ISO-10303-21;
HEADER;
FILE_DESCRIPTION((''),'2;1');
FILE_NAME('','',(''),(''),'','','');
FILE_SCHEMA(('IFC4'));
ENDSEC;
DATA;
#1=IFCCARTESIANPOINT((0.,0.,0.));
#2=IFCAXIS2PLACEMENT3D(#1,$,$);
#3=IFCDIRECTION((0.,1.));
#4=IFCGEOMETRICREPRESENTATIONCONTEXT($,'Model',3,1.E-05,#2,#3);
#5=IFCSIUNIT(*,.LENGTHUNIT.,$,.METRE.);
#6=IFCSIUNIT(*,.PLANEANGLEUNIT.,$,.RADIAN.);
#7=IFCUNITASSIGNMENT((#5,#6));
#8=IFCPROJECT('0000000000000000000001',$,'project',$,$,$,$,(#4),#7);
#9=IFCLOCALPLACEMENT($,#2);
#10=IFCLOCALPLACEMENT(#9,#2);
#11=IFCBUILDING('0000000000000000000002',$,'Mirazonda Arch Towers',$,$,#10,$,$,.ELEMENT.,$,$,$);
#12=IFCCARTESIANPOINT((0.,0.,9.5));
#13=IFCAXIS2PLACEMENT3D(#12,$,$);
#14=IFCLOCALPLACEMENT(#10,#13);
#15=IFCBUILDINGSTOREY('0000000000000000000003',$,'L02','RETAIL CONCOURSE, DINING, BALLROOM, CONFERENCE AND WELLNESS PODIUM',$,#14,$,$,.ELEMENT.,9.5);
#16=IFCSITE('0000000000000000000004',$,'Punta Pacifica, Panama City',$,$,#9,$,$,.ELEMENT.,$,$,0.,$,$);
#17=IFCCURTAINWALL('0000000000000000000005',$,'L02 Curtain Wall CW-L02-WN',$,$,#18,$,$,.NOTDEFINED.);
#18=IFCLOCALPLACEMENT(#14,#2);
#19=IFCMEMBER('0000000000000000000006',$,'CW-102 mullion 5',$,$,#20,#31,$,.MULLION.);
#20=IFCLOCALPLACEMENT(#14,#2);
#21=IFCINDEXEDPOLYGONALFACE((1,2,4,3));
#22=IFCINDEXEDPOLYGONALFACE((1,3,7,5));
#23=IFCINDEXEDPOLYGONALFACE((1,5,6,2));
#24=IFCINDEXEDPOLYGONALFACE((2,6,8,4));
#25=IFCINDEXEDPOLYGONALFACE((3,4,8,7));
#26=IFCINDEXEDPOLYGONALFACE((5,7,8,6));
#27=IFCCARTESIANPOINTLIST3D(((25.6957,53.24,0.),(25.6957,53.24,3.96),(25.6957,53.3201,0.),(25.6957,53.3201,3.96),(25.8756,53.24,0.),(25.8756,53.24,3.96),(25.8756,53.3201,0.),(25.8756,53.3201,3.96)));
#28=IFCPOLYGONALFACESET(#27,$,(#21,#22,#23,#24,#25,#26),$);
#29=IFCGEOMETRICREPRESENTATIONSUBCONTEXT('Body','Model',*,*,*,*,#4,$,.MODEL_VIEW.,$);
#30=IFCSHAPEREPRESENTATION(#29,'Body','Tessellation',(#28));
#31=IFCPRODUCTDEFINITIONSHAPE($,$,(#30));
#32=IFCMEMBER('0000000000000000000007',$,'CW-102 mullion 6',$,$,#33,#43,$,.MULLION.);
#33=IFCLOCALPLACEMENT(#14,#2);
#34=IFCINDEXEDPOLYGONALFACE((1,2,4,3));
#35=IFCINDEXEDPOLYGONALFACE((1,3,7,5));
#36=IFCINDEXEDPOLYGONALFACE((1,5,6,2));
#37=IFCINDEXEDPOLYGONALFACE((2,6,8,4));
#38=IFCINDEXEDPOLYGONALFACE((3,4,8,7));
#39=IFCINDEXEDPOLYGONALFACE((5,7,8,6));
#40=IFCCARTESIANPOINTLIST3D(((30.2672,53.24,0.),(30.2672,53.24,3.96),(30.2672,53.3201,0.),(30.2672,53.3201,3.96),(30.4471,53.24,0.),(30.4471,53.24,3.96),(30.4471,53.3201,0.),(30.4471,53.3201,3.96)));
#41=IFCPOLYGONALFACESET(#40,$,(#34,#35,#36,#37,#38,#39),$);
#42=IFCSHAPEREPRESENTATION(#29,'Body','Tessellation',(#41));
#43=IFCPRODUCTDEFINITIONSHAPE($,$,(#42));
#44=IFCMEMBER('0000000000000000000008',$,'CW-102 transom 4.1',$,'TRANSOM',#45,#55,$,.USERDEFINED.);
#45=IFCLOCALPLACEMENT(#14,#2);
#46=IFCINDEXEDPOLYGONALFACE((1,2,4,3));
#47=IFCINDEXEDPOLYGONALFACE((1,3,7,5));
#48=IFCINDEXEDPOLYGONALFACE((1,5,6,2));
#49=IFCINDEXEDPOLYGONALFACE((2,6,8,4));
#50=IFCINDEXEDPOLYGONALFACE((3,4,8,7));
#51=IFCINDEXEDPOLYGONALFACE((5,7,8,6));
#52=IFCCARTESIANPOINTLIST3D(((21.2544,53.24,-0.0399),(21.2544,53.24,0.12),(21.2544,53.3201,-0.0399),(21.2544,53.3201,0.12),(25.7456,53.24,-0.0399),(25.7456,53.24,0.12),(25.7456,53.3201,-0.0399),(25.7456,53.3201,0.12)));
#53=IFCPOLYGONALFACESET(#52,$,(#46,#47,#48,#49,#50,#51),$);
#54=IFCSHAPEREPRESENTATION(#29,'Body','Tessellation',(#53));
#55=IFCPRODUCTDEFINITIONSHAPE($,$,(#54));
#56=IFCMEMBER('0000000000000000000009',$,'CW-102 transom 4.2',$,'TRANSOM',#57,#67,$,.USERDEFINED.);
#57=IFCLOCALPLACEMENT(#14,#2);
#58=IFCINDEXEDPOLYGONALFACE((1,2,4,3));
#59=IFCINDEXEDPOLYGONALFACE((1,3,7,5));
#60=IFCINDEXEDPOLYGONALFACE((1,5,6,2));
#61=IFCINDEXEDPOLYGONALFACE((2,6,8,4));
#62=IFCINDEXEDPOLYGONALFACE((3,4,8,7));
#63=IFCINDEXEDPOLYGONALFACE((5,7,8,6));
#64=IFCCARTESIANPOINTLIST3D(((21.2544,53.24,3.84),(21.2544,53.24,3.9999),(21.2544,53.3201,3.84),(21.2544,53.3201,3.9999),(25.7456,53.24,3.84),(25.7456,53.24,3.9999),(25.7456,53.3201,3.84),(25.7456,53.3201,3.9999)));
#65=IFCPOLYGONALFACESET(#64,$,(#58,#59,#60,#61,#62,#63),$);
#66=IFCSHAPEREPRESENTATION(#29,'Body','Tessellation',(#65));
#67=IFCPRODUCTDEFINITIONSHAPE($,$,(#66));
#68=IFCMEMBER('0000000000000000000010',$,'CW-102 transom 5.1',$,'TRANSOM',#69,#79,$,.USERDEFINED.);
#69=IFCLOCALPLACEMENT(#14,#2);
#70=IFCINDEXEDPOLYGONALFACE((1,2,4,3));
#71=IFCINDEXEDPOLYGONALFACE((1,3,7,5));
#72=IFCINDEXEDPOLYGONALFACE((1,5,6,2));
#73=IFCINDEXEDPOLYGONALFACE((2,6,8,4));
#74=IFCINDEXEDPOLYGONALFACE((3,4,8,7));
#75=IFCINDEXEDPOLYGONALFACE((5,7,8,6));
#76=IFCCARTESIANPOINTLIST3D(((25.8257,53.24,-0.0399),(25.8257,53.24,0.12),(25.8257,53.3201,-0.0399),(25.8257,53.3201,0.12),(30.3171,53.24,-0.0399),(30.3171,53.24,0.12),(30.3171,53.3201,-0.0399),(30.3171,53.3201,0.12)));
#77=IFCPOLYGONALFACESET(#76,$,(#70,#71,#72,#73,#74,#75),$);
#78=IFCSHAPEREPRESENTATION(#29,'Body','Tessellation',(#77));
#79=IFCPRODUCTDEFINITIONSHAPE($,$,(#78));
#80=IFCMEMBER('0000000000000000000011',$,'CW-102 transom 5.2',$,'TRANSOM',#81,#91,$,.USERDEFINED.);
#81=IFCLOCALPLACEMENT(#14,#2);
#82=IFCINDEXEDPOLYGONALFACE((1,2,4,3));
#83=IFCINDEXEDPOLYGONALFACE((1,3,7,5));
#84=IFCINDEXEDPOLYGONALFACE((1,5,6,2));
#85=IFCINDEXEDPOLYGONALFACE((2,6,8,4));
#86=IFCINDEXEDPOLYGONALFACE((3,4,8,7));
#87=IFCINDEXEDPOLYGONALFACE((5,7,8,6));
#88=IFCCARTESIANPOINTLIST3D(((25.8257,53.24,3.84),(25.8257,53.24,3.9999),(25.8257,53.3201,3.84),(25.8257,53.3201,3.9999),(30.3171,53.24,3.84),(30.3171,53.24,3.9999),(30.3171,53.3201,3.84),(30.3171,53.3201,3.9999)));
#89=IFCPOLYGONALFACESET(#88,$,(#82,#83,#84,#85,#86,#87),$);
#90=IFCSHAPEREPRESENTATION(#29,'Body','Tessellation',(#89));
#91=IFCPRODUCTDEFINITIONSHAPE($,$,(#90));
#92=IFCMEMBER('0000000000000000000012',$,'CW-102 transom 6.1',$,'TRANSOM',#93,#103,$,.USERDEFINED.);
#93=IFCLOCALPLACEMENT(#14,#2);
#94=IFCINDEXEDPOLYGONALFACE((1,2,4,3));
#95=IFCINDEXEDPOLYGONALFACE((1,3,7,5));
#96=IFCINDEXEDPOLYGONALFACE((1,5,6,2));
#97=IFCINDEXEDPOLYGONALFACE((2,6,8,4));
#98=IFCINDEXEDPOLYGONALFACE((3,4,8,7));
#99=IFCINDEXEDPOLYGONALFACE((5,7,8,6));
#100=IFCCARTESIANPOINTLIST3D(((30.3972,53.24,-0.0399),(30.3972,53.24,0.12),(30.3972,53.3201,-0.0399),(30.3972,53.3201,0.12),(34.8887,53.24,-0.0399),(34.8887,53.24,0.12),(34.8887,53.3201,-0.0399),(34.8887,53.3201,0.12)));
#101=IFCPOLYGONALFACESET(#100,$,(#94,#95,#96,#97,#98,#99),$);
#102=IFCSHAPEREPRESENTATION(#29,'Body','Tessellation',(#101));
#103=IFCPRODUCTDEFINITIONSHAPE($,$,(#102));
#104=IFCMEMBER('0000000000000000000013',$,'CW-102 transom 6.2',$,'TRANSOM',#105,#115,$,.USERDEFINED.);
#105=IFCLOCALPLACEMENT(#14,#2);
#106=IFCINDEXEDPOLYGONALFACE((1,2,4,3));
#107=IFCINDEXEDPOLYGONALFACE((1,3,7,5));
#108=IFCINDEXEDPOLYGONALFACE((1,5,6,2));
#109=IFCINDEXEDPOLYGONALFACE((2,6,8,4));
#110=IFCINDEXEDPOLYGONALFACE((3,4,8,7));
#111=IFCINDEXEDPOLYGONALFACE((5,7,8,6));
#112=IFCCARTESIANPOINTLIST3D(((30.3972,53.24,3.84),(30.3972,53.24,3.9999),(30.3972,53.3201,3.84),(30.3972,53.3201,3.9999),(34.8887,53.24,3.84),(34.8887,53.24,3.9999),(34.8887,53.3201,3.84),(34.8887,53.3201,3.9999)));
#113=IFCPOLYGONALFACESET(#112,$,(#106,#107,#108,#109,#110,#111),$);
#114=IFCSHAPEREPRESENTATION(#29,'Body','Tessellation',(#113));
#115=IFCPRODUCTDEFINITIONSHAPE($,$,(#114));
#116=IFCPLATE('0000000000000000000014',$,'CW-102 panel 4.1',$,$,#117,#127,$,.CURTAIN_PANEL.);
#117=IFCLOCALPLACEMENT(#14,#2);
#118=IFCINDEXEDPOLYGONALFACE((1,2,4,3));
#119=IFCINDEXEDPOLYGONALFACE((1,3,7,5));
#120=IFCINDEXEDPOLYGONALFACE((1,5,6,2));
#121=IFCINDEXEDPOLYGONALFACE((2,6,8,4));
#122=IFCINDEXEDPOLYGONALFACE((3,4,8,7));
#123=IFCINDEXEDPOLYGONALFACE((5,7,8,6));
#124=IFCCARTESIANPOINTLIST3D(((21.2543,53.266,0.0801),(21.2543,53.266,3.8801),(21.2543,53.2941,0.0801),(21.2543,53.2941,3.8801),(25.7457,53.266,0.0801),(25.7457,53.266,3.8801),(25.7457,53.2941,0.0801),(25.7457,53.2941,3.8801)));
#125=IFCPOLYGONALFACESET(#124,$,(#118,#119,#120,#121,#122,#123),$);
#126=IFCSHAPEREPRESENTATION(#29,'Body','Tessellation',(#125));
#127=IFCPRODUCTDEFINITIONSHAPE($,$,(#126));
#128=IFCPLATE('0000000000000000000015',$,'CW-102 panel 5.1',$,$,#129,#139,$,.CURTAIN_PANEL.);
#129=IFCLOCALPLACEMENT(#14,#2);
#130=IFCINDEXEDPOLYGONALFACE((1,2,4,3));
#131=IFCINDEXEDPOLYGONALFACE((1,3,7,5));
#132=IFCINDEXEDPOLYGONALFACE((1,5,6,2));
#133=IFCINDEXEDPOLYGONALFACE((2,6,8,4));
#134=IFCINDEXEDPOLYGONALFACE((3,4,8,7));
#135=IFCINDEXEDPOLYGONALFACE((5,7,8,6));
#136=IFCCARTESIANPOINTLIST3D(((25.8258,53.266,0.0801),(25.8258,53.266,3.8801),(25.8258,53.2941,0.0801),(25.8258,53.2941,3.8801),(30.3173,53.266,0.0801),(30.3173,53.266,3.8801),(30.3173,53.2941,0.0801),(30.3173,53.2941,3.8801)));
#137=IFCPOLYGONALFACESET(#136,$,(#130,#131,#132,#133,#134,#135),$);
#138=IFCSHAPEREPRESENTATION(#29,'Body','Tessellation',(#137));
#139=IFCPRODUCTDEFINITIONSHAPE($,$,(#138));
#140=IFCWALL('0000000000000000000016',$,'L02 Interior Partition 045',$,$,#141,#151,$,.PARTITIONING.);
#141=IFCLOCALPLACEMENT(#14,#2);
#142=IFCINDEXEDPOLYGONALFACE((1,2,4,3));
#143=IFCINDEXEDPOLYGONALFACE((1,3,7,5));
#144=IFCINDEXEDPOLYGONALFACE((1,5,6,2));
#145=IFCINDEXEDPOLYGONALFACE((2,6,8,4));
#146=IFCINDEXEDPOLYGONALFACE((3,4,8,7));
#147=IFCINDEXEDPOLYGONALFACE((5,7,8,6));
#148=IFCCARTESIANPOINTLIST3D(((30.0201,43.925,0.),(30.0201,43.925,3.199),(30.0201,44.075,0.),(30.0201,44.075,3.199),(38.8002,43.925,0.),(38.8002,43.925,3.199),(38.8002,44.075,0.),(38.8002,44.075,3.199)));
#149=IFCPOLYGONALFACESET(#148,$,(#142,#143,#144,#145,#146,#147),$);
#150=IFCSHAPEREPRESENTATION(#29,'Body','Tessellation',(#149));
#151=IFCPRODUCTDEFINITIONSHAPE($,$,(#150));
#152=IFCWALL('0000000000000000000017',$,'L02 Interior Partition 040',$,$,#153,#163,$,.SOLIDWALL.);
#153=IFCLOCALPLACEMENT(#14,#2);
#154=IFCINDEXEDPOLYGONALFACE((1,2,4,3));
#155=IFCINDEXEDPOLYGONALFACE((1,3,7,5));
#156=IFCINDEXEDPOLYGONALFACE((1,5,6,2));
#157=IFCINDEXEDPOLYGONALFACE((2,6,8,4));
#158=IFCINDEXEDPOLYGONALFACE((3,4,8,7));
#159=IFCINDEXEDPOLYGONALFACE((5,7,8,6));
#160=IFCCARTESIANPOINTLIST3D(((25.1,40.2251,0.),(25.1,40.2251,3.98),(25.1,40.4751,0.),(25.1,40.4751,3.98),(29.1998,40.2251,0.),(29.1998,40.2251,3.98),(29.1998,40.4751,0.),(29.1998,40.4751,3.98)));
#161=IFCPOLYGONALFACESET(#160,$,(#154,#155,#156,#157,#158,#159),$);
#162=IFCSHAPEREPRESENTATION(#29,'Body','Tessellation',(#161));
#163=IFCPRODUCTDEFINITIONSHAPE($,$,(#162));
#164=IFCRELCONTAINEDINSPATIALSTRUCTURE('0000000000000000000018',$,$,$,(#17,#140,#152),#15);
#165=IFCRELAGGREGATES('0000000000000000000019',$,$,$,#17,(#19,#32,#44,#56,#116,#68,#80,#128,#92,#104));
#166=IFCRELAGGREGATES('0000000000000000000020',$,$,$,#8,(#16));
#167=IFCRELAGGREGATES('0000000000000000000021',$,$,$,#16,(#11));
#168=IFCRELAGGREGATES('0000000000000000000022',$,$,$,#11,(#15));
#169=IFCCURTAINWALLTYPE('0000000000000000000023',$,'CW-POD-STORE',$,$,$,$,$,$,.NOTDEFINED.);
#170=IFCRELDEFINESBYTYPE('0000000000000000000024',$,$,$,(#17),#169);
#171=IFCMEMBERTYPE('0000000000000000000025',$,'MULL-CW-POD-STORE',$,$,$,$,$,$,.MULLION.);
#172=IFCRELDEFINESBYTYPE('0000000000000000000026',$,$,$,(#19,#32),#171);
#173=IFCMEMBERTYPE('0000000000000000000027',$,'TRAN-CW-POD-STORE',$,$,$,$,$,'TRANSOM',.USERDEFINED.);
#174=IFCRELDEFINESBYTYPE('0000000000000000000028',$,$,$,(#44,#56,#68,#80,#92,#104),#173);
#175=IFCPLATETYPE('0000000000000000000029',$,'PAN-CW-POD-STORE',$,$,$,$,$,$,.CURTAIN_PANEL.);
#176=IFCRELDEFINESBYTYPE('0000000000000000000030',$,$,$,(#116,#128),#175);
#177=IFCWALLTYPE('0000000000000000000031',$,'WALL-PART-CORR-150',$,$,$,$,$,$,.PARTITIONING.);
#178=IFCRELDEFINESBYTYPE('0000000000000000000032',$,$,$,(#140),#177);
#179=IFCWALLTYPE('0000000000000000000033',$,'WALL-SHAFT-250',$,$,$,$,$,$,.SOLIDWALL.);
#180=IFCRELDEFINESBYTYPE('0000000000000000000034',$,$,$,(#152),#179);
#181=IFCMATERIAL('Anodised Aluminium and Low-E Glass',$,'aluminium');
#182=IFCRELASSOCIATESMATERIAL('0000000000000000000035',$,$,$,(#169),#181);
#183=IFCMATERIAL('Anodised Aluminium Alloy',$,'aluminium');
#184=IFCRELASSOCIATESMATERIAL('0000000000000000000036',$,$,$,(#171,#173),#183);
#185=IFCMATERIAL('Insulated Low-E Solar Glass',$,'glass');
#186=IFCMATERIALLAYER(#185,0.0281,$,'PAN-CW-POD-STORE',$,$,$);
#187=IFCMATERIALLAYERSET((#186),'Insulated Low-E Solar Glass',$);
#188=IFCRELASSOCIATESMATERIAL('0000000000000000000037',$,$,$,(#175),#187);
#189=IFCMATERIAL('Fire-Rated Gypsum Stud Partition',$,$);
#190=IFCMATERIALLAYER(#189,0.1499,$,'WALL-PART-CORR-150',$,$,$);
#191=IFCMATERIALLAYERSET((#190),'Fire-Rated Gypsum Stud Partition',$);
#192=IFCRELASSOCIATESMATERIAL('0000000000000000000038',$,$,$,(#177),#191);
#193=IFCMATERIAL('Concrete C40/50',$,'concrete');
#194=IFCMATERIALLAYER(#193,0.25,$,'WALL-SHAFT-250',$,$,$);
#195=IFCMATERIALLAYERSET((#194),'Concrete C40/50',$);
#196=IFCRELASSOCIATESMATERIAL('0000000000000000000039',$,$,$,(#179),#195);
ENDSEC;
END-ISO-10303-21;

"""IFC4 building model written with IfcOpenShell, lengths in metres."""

from ifc_helpers import new_model, si_unit, direction, frame, frame_2d, origin, origin_2d, place, context, subcontext, project, spatial, rectangle, extrude, material, layer, layer_set, material_profile, profile_set, type_object, element, aggregate, save


model = new_model("IFC4")

# Units and contexts
model_context = context("Model", 3, precision=1e-05, world=origin(), true_north=direction((0.0, 1.0)))
body_context = subcontext(model_context, "Body", "Model", "MODEL_VIEW")
ifc_project = project(units=[si_unit("LENGTHUNIT", "METRE"), si_unit("PLANEANGLEUNIT", "RADIAN")], contexts=[model_context])

# Site, building, storey
site_placement = place(None, origin())
site = spatial("IfcSite", under=ifc_project, at=site_placement, Name="Punta Pacifica, Panama City", CompositionType="ELEMENT", RefElevation=0.0)
building_placement = place(site_placement, origin())
building = spatial("IfcBuilding", under=site, at=building_placement, Name="Mirazonda Arch Towers", CompositionType="ELEMENT")
storey_placement = place(building_placement, frame((0.0, 0.0, 9.5)))
storey = spatial("IfcBuildingStorey", under=building, at=storey_placement, Name="L02", Description="RETAIL CONCOURSE, DINING, BALLROOM, CONFERENCE AND WELLNESS PODIUM", CompositionType="ELEMENT", Elevation=9.5)

# Curtain wall, members, plates
ifc_material_1 = material(Name="Anodised Aluminium and Low-E Glass", Category="aluminium")
curtain_wall_type = type_object("IfcCurtainWallType", Name="CW-POD-STORE", PredefinedType="NOTDEFINED", material=ifc_material_1)
curtain_wall_placement = place(storey_placement, origin())
curtain_wall = element("IfcCurtainWall", 1, at=curtain_wall_placement, inside=storey, type_object=curtain_wall_type, Name="L02 Curtain Wall CW-L02-WN", PredefinedType="NOTDEFINED")
ifc_material_2 = material(Name="Anodised Aluminium Alloy", Category="aluminium")
ifc_material_profile_1 = material_profile(ifc_material_2, rectangle(XDim=0.0801, YDim=0.1799, at=origin_2d()), Name="ALU-MULL-80x180")
ifc_profile_set_1 = profile_set([ifc_material_profile_1], Name="Anodised Aluminium Alloy")
member_type_1 = type_object("IfcMemberType", Name="MULL-CW-POD-STORE", PredefinedType="MULLION", material=ifc_profile_set_1)
member_1_placement = place(storey_placement, frame((25.7856, 53.28, 0.0), z_axis=(0.0, 0.0, 1.0), x_axis=(0.0, 1.0, 0.0)))
member_1 = element("IfcMember", 2, at=member_1_placement, type_object=member_type_1, Name="CW-102 mullion 5", PredefinedType="MULLION", context=body_context, shape_type="SweptSolid", body=[
    extrude(rectangle(XDim=0.0801, YDim=0.1799, at=origin_2d()), origin(), (0.0, 0.0, 1.0), 3.96),
])
member_2_placement = place(storey_placement, frame((30.3572, 53.28, 0.0), z_axis=(0.0, 0.0, 1.0), x_axis=(0.0, 1.0, 0.0)))
member_2 = element("IfcMember", 3, at=member_2_placement, type_object=member_type_1, Name="CW-102 mullion 6", PredefinedType="MULLION", context=body_context, shape_type="SweptSolid", body=[
    extrude(rectangle(XDim=0.0801, YDim=0.1799, at=origin_2d()), origin(), (0.0, 0.0, 1.0), 3.96),
])
ifc_material_profile_2 = material_profile(ifc_material_2, rectangle(XDim=0.0801, YDim=0.1599, at=origin_2d()), Name="ALU-TRAN-80x160")
ifc_profile_set_2 = profile_set([ifc_material_profile_2], Name="Anodised Aluminium Alloy")
member_type_2 = type_object("IfcMemberType", Name="TRAN-CW-POD-STORE", ElementType="TRANSOM", PredefinedType="USERDEFINED", material=ifc_profile_set_2)
member_3_placement = place(storey_placement, frame((21.2544, 53.28, 0.04), z_axis=(1.0, 0.0, 0.0), x_axis=(0.0, 1.0, 0.0)))
member_3 = element("IfcMember", 4, at=member_3_placement, type_object=member_type_2, Name="CW-102 transom 4.1", ObjectType="TRANSOM", PredefinedType="USERDEFINED", context=body_context, shape_type="SweptSolid", body=[
    extrude(rectangle(XDim=0.0801, YDim=0.1599, at=origin_2d()), origin(), (0.0, 0.0, 1.0), 4.4912),
])
member_4_placement = place(storey_placement, frame((21.2544, 53.28, 3.9199), z_axis=(1.0, 0.0, 0.0), x_axis=(0.0, 1.0, 0.0)))
member_4 = element("IfcMember", 5, at=member_4_placement, type_object=member_type_2, Name="CW-102 transom 4.2", ObjectType="TRANSOM", PredefinedType="USERDEFINED", context=body_context, shape_type="SweptSolid", body=[
    extrude(rectangle(XDim=0.0801, YDim=0.1599, at=origin_2d()), origin(), (0.0, 0.0, 1.0), 4.4912),
])
member_5_placement = place(storey_placement, frame((25.8257, 53.28, 0.04), z_axis=(1.0, 0.0, 0.0), x_axis=(0.0, 1.0, 0.0)))
member_5 = element("IfcMember", 6, at=member_5_placement, type_object=member_type_2, Name="CW-102 transom 5.1", ObjectType="TRANSOM", PredefinedType="USERDEFINED", context=body_context, shape_type="SweptSolid", body=[
    extrude(rectangle(XDim=0.0801, YDim=0.1599, at=origin_2d()), origin(), (0.0, 0.0, 1.0), 4.4915),
])
member_6_placement = place(storey_placement, frame((25.8257, 53.28, 3.9199), z_axis=(1.0, 0.0, 0.0), x_axis=(0.0, 1.0, 0.0)))
member_6 = element("IfcMember", 7, at=member_6_placement, type_object=member_type_2, Name="CW-102 transom 5.2", ObjectType="TRANSOM", PredefinedType="USERDEFINED", context=body_context, shape_type="SweptSolid", body=[
    extrude(rectangle(XDim=0.0801, YDim=0.1599, at=origin_2d()), origin(), (0.0, 0.0, 1.0), 4.4915),
])
member_7_placement = place(storey_placement, frame((30.3972, 53.28, 0.04), z_axis=(1.0, 0.0, 0.0), x_axis=(0.0, 1.0, 0.0)))
member_7 = element("IfcMember", 8, at=member_7_placement, type_object=member_type_2, Name="CW-102 transom 6.1", ObjectType="TRANSOM", PredefinedType="USERDEFINED", context=body_context, shape_type="SweptSolid", body=[
    extrude(rectangle(XDim=0.0801, YDim=0.1599, at=origin_2d()), origin(), (0.0, 0.0, 1.0), 4.4915),
])
member_8_placement = place(storey_placement, frame((30.3972, 53.28, 3.9199), z_axis=(1.0, 0.0, 0.0), x_axis=(0.0, 1.0, 0.0)))
member_8 = element("IfcMember", 9, at=member_8_placement, type_object=member_type_2, Name="CW-102 transom 6.2", ObjectType="TRANSOM", PredefinedType="USERDEFINED", context=body_context, shape_type="SweptSolid", body=[
    extrude(rectangle(XDim=0.0801, YDim=0.1599, at=origin_2d()), origin(), (0.0, 0.0, 1.0), 4.4915),
])
ifc_material_3 = material(Name="Insulated Low-E Solar Glass", Category="glass")
ifc_layer_1 = layer(ifc_material_3, 0.0281, Name="PAN-CW-POD-STORE")
ifc_layer_set_1 = layer_set([ifc_layer_1], Name="Insulated Low-E Solar Glass")
plate_type = type_object("IfcPlateType", Name="PAN-CW-POD-STORE", PredefinedType="CURTAIN_PANEL", material=ifc_layer_set_1)
plate_1_placement = place(storey_placement, frame((23.5, 53.28, 0.0801), z_axis=(0.0, 0.0, 1.0), x_axis=(1.0, 0.0, 0.0)))
plate_1 = element("IfcPlate", 10, at=plate_1_placement, type_object=plate_type, Name="CW-102 panel 4.1", PredefinedType="CURTAIN_PANEL", context=body_context, shape_type="SweptSolid", body=[
    extrude(rectangle(XDim=4.4915, YDim=0.0281, at=origin_2d()), origin(), (0.0, 0.0, 1.0), 3.8),
])
plate_2_placement = place(storey_placement, frame((28.0715, 53.28, 0.0801), z_axis=(0.0, 0.0, 1.0), x_axis=(1.0, 0.0, 0.0)))
plate_2 = element("IfcPlate", 11, at=plate_2_placement, type_object=plate_type, Name="CW-102 panel 5.1", PredefinedType="CURTAIN_PANEL", context=body_context, shape_type="SweptSolid", body=[
    extrude(rectangle(XDim=4.4915, YDim=0.0281, at=origin_2d()), origin(), (0.0, 0.0, 1.0), 3.8),
])
aggregate(curtain_wall, [member_1, member_2, member_3, member_4, plate_1, member_5, member_6, plate_2, member_7, member_8])

# Walls
ifc_material_4 = material(Name="Fire-Rated Gypsum Stud Partition")
ifc_layer_2 = layer(ifc_material_4, 0.1499, Name="WALL-PART-CORR-150")
ifc_layer_set_2 = layer_set([ifc_layer_2], Name="Fire-Rated Gypsum Stud Partition")
wall_type_1 = type_object("IfcWallType", Name="WALL-PART-CORR-150", PredefinedType="PARTITIONING", material=ifc_layer_set_2)
wall_1_placement = place(storey_placement, frame((30.02, 44.0, 0.0), z_axis=(0.0, 0.0, 1.0), x_axis=(1.0, 0.0, 0.0)))
element("IfcWall", 12, at=wall_1_placement, inside=storey, type_object=wall_type_1, Name="L02 Interior Partition 045", PredefinedType="PARTITIONING", context=body_context, shape_type="SweptSolid", body=[
    extrude(rectangle(XDim=8.78, YDim=0.1499, at=frame_2d((4.3901, 0.0))), origin(), (0.0, 0.0, 1.0), 3.199),
])
ifc_material_5 = material(Name="Concrete C40/50", Category="concrete")
ifc_layer_3 = layer(ifc_material_5, 0.25, Name="WALL-SHAFT-250")
ifc_layer_set_3 = layer_set([ifc_layer_3], Name="Concrete C40/50")
wall_type_2 = type_object("IfcWallType", Name="WALL-SHAFT-250", PredefinedType="SOLIDWALL", material=ifc_layer_set_3)
wall_2_placement = place(storey_placement, frame((25.1001, 40.3501, 0.0), z_axis=(0.0, 0.0, 1.0), x_axis=(1.0, 0.0, 0.0)))
element("IfcWall", 13, at=wall_2_placement, inside=storey, type_object=wall_type_2, Name="L02 Interior Partition 040", PredefinedType="SOLIDWALL", context=body_context, shape_type="SweptSolid", body=[
    extrude(rectangle(XDim=4.0999, YDim=0.25, at=frame_2d((2.0498, 0.0))), origin(), (0.0, 0.0, 1.0), 3.98),
])

save(model, "model.ifc")
